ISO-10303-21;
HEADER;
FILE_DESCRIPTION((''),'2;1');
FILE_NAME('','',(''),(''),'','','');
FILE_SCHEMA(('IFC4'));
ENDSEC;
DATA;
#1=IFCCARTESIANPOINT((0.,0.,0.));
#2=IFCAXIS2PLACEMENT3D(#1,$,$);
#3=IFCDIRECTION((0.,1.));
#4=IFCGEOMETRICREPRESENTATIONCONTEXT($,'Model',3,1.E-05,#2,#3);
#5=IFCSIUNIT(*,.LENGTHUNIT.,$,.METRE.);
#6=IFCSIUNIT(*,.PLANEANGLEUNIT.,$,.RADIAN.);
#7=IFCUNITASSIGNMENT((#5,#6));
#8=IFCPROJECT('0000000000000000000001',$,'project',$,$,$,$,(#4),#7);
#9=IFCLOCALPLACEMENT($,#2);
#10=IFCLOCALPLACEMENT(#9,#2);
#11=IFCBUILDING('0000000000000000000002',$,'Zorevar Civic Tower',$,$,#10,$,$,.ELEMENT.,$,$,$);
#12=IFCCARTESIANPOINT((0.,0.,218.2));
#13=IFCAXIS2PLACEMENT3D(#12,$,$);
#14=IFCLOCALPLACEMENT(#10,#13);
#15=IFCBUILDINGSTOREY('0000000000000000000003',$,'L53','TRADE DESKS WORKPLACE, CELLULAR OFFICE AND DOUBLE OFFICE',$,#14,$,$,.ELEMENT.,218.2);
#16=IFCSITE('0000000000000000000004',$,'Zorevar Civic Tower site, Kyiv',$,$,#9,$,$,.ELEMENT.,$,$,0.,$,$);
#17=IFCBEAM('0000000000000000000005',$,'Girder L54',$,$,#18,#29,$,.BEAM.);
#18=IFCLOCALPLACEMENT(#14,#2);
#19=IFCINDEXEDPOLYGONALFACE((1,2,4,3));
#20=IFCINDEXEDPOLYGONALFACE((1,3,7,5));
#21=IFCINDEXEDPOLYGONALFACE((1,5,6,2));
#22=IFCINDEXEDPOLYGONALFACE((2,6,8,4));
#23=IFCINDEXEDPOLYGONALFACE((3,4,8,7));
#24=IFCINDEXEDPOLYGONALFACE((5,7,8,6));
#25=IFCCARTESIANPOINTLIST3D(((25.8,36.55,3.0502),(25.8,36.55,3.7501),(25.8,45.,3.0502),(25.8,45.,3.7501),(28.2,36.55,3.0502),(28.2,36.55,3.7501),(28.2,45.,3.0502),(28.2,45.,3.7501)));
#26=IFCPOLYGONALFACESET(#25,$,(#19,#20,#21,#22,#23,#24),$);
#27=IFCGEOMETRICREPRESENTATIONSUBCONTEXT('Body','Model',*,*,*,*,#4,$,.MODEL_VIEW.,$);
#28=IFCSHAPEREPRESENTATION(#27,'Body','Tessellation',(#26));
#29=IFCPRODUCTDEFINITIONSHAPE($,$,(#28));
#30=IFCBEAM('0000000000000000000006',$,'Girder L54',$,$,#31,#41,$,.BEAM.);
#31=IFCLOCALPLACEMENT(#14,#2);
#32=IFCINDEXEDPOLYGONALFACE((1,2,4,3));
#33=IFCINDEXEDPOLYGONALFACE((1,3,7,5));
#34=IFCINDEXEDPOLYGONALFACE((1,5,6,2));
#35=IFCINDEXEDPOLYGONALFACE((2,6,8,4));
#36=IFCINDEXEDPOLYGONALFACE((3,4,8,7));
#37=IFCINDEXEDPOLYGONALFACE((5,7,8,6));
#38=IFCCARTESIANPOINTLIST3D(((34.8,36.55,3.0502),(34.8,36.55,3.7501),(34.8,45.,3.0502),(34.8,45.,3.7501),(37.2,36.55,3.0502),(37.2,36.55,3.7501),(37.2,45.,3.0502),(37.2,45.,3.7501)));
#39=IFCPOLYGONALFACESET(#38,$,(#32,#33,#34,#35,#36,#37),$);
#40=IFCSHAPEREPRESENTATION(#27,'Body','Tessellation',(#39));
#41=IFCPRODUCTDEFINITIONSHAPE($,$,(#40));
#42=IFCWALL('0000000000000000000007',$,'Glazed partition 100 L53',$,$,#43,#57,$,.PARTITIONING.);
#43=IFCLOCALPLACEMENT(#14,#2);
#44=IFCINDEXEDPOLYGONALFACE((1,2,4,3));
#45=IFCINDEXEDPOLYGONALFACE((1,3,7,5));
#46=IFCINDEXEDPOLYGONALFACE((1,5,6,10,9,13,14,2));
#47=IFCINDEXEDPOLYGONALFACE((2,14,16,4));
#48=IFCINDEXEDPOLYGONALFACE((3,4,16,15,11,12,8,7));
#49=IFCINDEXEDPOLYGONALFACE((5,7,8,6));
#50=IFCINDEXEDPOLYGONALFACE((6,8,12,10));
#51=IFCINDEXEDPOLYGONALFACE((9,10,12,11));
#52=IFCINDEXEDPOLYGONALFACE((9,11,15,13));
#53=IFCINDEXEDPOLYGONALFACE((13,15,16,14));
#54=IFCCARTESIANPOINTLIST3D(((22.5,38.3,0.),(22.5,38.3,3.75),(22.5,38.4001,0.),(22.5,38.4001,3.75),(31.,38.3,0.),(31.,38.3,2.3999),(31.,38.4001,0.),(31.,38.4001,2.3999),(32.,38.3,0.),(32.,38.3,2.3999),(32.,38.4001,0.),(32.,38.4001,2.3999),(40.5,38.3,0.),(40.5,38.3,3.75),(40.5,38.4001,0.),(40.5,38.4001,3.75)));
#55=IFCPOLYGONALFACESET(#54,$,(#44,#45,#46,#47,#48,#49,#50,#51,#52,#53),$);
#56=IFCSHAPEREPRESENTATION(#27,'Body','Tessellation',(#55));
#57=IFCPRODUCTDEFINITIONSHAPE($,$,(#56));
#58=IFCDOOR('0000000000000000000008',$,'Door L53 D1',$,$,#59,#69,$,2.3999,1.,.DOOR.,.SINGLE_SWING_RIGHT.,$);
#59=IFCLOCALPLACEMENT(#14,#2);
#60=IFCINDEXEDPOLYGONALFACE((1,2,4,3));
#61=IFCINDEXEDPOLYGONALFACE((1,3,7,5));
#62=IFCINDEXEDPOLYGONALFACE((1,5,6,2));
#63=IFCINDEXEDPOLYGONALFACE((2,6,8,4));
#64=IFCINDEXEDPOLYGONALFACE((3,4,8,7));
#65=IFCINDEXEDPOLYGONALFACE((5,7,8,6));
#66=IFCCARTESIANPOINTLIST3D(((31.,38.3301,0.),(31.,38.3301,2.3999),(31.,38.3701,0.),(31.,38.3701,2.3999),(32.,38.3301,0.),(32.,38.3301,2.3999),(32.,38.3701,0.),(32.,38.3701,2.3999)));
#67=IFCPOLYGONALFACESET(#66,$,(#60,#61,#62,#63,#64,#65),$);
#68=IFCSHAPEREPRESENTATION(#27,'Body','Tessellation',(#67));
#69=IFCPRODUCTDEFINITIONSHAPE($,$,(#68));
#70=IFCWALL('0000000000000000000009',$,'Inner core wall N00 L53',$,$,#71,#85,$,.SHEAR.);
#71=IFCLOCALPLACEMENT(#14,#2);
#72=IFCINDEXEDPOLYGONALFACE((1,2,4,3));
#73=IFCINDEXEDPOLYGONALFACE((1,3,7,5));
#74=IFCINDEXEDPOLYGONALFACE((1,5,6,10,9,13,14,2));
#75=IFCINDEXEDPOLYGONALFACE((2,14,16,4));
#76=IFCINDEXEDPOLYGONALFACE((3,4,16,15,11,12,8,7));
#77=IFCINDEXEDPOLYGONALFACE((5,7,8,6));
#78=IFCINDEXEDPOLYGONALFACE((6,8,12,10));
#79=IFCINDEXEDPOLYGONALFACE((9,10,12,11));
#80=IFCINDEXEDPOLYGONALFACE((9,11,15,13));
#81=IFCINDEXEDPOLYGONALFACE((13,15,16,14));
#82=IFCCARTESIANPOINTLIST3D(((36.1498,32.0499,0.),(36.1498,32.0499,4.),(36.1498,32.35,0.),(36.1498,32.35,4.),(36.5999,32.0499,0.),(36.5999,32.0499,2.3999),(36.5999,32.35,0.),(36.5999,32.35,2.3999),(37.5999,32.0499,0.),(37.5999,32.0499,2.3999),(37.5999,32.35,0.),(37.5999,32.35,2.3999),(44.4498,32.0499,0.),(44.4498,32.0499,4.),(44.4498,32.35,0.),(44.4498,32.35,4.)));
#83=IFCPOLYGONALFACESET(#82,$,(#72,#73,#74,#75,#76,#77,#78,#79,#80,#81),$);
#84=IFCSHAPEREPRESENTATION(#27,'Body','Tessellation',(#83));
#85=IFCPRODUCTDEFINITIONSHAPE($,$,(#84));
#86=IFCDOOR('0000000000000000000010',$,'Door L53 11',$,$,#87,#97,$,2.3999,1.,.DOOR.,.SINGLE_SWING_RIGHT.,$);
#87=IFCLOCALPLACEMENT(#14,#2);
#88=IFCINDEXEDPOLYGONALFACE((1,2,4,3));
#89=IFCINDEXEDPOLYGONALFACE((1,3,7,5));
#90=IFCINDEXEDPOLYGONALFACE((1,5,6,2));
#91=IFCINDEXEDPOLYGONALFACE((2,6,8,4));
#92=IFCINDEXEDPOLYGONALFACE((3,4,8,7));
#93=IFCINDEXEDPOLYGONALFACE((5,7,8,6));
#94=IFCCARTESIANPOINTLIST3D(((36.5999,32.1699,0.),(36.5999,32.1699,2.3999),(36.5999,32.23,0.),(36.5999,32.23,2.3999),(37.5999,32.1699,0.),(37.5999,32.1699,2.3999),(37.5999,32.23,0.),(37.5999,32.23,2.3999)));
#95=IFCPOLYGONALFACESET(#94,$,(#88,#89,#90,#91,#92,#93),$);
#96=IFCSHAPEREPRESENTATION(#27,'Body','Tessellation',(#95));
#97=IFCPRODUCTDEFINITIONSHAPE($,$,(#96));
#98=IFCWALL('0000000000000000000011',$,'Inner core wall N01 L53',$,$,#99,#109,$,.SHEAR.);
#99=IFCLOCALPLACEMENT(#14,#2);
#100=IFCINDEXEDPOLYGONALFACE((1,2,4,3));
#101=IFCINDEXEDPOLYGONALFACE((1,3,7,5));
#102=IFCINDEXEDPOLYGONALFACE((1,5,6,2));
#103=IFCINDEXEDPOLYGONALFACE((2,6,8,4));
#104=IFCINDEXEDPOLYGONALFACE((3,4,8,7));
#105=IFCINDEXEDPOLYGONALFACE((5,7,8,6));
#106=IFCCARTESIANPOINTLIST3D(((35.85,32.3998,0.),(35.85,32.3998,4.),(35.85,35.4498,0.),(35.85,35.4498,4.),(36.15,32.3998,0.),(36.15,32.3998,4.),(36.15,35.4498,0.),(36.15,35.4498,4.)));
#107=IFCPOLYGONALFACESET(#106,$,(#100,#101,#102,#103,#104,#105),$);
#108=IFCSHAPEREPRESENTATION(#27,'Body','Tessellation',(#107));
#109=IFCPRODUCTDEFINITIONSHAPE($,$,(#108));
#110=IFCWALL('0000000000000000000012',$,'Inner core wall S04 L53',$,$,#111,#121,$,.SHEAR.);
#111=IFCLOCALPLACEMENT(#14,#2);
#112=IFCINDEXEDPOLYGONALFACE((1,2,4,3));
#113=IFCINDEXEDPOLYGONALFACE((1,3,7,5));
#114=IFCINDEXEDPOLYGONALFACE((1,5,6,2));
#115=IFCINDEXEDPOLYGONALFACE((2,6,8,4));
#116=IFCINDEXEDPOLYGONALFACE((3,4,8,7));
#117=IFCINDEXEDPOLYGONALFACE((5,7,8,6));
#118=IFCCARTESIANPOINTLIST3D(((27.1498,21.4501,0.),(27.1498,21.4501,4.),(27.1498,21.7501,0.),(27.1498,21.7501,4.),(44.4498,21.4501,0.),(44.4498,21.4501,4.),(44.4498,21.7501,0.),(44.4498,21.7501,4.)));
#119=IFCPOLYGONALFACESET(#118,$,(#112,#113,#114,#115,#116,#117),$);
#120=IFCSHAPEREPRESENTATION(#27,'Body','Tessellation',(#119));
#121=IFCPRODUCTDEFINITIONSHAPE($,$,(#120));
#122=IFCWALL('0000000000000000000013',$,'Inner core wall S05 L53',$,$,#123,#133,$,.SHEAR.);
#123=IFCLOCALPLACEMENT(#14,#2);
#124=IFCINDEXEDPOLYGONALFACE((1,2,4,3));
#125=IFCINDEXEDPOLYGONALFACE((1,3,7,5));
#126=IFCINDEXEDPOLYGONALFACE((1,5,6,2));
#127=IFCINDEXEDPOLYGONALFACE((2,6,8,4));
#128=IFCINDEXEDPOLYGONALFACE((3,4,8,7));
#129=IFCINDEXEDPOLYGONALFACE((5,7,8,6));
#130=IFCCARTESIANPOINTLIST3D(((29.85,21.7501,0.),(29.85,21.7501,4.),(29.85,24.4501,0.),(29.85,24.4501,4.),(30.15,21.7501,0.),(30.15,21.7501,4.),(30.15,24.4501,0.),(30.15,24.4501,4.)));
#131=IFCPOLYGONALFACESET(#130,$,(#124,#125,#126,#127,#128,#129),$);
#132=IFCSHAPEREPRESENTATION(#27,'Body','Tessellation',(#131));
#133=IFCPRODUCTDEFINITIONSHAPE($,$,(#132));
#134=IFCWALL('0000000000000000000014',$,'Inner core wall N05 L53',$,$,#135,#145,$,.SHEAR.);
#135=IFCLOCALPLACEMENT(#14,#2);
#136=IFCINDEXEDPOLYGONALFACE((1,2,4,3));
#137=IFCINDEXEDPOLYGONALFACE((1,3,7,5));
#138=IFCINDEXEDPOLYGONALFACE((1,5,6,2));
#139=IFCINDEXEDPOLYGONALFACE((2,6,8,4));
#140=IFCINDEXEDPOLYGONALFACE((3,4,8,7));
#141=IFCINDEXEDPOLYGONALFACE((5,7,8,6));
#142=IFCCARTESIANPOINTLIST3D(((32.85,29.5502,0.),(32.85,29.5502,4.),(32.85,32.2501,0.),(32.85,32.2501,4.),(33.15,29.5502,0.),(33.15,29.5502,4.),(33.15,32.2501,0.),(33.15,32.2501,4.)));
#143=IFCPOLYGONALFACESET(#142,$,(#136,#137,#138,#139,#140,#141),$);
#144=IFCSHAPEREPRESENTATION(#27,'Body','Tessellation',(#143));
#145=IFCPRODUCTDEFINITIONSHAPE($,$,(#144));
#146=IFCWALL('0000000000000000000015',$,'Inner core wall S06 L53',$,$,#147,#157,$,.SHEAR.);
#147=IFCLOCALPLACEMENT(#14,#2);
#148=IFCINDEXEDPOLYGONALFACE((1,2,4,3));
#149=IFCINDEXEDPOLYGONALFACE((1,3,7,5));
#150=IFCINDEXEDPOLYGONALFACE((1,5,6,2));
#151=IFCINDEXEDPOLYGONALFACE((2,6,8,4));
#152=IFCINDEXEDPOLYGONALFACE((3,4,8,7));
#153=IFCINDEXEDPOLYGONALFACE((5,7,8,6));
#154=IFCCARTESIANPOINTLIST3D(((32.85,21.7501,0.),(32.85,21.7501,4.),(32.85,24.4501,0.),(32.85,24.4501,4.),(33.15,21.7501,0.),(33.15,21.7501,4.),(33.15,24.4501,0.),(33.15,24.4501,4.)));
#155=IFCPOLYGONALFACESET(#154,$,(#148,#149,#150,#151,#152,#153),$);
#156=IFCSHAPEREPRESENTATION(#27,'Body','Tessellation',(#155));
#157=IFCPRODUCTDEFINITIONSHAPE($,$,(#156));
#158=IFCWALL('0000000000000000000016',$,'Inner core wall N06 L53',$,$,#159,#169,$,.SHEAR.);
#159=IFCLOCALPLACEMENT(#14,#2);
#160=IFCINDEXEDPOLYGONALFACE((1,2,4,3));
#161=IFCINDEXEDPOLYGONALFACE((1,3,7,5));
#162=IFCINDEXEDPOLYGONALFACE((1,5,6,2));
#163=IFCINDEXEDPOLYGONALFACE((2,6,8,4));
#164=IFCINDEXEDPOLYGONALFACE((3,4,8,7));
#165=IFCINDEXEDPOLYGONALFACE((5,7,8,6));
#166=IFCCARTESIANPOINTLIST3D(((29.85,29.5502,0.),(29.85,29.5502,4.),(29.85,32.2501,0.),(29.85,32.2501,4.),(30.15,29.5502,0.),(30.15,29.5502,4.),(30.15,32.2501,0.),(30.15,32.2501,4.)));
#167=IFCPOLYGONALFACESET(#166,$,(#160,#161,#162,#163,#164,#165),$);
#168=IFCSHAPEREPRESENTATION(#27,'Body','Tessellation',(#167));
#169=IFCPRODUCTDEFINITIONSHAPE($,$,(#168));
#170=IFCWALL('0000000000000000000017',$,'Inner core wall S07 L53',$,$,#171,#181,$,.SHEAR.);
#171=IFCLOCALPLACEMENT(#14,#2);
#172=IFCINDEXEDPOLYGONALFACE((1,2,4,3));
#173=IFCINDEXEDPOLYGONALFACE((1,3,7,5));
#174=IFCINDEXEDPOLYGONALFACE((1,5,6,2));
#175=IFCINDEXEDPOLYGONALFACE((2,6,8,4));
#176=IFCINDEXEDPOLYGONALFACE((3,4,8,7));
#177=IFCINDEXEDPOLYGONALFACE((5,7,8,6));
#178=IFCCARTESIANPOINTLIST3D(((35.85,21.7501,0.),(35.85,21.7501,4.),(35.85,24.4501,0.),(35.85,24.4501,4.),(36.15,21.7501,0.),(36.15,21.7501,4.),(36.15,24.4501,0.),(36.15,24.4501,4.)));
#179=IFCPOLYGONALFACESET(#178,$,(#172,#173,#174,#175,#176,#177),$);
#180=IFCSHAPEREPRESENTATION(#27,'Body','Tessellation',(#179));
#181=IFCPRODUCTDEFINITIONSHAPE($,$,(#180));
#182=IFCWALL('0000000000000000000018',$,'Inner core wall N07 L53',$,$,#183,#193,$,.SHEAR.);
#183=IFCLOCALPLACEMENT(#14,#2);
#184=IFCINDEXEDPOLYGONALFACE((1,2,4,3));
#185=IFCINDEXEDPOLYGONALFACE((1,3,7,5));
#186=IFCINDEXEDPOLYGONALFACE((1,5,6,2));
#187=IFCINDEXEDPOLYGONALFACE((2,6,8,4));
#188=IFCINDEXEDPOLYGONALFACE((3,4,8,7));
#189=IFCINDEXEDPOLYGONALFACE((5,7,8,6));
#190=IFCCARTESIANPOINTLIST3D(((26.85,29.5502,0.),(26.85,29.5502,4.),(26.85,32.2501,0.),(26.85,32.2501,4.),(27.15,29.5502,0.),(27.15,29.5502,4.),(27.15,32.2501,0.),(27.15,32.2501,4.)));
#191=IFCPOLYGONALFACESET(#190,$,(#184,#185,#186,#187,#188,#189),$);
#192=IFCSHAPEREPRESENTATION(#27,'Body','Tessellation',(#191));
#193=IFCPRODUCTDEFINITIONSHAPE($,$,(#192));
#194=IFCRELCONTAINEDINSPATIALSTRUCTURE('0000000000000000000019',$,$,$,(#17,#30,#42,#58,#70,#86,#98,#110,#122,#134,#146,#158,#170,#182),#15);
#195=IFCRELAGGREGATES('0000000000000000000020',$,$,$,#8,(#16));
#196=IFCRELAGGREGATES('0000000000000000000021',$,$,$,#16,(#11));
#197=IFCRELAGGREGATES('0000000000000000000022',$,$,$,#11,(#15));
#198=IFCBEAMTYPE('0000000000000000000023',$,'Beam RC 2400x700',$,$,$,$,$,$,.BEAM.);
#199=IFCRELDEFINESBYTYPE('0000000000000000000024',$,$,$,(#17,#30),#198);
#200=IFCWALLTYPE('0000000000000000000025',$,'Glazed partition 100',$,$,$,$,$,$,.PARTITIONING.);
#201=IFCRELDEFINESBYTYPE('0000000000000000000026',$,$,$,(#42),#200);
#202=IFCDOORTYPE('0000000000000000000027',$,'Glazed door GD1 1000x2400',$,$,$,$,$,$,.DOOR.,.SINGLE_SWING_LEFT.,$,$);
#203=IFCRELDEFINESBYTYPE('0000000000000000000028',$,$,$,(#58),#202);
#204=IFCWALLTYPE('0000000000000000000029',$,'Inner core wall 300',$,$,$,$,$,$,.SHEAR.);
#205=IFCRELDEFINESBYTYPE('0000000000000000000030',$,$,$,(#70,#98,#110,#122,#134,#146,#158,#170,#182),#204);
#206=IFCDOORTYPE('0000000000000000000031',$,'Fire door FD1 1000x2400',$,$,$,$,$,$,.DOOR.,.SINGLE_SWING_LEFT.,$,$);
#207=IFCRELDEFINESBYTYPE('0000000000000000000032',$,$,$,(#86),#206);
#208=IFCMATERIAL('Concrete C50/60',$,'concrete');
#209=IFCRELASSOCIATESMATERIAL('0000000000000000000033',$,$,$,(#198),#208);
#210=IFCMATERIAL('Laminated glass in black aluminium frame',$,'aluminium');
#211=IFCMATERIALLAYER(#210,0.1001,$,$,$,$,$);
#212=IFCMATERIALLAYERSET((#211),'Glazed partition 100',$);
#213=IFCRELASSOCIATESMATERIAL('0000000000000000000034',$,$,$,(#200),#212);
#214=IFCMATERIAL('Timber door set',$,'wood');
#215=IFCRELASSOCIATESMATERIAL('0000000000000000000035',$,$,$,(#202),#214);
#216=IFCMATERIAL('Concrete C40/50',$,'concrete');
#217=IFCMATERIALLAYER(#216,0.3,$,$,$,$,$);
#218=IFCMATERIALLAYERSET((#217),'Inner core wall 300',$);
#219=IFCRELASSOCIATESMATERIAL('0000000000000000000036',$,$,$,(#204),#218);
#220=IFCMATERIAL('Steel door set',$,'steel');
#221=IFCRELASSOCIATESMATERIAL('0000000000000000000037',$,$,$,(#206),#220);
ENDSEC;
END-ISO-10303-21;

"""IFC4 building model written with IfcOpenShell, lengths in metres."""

from ifc_helpers import new_model, si_unit, direction, frame, frame_2d, origin, origin_2d, place, context, subcontext, project, spatial, rectangle, extrude, material, layer, layer_set, material_profile, profile_set, type_object, element, fill, save


model = new_model("IFC4")

# Units and contexts
model_context = context("Model", 3, precision=1e-05, world=origin(), true_north=direction((0.0, 1.0)))
body_context = subcontext(model_context, "Body", "Model", "MODEL_VIEW")
ifc_project = project(units=[si_unit("LENGTHUNIT", "METRE"), si_unit("PLANEANGLEUNIT", "RADIAN")], contexts=[model_context])

# Site, building, storey
site_placement = place(None, origin())
site = spatial("IfcSite", under=ifc_project, at=site_placement, Name="Zorevar Civic Tower site, Kyiv", CompositionType="ELEMENT", RefElevation=0.0)
building_placement = place(site_placement, origin())
building = spatial("IfcBuilding", under=site, at=building_placement, Name="Zorevar Civic Tower", CompositionType="ELEMENT")
storey_placement = place(building_placement, frame((0.0, 0.0, 218.2)))
storey = spatial("IfcBuildingStorey", under=building, at=storey_placement, Name="L53", Description="TRADE DESKS WORKPLACE, CELLULAR OFFICE AND DOUBLE OFFICE", CompositionType="ELEMENT", Elevation=218.2)

# Beams
ifc_material_1 = material(Name="Concrete C50/60", Category="concrete")
ifc_material_profile = material_profile(ifc_material_1, rectangle(XDim=2.3999, YDim=0.7, at=origin_2d()), Name="RC 2400x700")
ifc_profile_set = profile_set([ifc_material_profile], Name="Concrete C50/60")
beam_type = type_object("IfcBeamType", Name="Beam RC 2400x700", PredefinedType="BEAM", material=ifc_profile_set)
for number, where, z_axis, x_axis, name in (
    (1, (27.0, 36.55, 3.4001), (0.0, 1.0, 0.0), (-1.0, 0.0, 0.0), "Girder L54"),
    (2, (36.0, 36.55, 3.4001), (0.0, 1.0, 0.0), (-1.0, 0.0, 0.0), "Girder L54"),
):
    element("IfcBeam", number, at=place(storey_placement, frame(where, z_axis=z_axis, x_axis=x_axis)), inside=storey, type_object=beam_type, Name=name, PredefinedType="BEAM", context=body_context, shape_type="SweptSolid", body=[
        extrude(rectangle(XDim=2.3999, YDim=0.7, at=origin_2d()), origin(), (0.0, 0.0, 1.0), 8.45),
    ])

# Walls, openings, doors
ifc_material_2 = material(Name="Laminated glass in black aluminium frame", Category="aluminium")
ifc_layer_1 = layer(ifc_material_2, 0.1001)
ifc_layer_set_1 = layer_set([ifc_layer_1], Name="Glazed partition 100")
wall_type_1 = type_object("IfcWallType", Name="Glazed partition 100", PredefinedType="PARTITIONING", material=ifc_layer_set_1)
wall_1_placement = place(storey_placement, frame((22.5, 38.3501, 0.0), z_axis=(0.0, 0.0, 1.0), x_axis=(1.0, 0.0, 0.0)))
wall_1 = element("IfcWall", 3, at=wall_1_placement, inside=storey, type_object=wall_type_1, Name="Glazed partition 100 L53", PredefinedType="PARTITIONING", context=body_context, shape_type="SweptSolid", body=[
    extrude(rectangle(XDim=18.0, YDim=0.1001, at=frame_2d((9.0, 0.0))), origin(), (0.0, 0.0, 1.0), 3.75),
])
opening_1_placement = place(wall_1_placement, frame((8.5, 0.0, 0.0)))
opening_1 = element("IfcOpeningElement", 4, at=opening_1_placement, cuts=wall_1, PredefinedType="OPENING", context=body_context, shape_type="SweptSolid", body=[
    extrude(rectangle(XDim=1.0, YDim=2.3999, at=frame_2d((0.5, 1.2))), frame((0.0, 0.0601, 0.0), z_axis=(0.0, -1.0, 0.0), x_axis=(1.0, 0.0, 0.0)), (0.0, 0.0, 1.0), 0.1201),
])
ifc_material_3 = material(Name="Timber door set", Category="wood")
door_type_1 = type_object("IfcDoorType", Name="Glazed door GD1 1000x2400", OperationType="SINGLE_SWING_LEFT", PredefinedType="DOOR", material=ifc_material_3)
door_1_placement = place(opening_1_placement, origin())
door_1 = element("IfcDoor", 5, at=door_1_placement, inside=storey, type_object=door_type_1, Name="Door L53 D1", OperationType="SINGLE_SWING_RIGHT", OverallHeight=2.3999, OverallWidth=1.0, PredefinedType="DOOR", context=body_context, shape_type="SweptSolid", body=[
    extrude(rectangle(XDim=1.0, YDim=2.3999, at=frame_2d((0.5, 1.2))), frame((0.0, 0.02, 0.0), z_axis=(0.0, -1.0, 0.0), x_axis=(1.0, 0.0, 0.0)), (0.0, 0.0, 1.0), 0.04),
])
fill(opening_1, door_1)
ifc_material_4 = material(Name="Concrete C40/50", Category="concrete")
ifc_layer_2 = layer(ifc_material_4, 0.3)
ifc_layer_set_2 = layer_set([ifc_layer_2], Name="Inner core wall 300")
wall_type_2 = type_object("IfcWallType", Name="Inner core wall 300", PredefinedType="SHEAR", material=ifc_layer_set_2)
wall_2_placement = place(storey_placement, frame((36.1499, 32.2, 0.0), z_axis=(0.0, 0.0, 1.0), x_axis=(1.0, 0.0, 0.0)))
wall_2 = element("IfcWall", 6, at=wall_2_placement, inside=storey, type_object=wall_type_2, Name="Inner core wall N00 L53", PredefinedType="SHEAR", context=body_context, shape_type="SweptSolid", body=[
    extrude(rectangle(XDim=8.3, YDim=0.3, at=frame_2d((4.1499, 0.0))), origin(), (0.0, 0.0, 1.0), 4.0),
])
opening_2_placement = place(wall_2_placement, frame((0.45, 0.0, 0.0)))
opening_2 = element("IfcOpeningElement", 7, at=opening_2_placement, cuts=wall_2, PredefinedType="OPENING", context=body_context, shape_type="SweptSolid", body=[
    extrude(rectangle(XDim=1.0, YDim=2.3999, at=frame_2d((0.5, 1.2))), frame((0.0, 0.1599, 0.0), z_axis=(0.0, -1.0, 0.0), x_axis=(1.0, 0.0, 0.0)), (0.0, 0.0, 1.0), 0.3201),
])
ifc_material_5 = material(Name="Steel door set", Category="steel")
door_type_2 = type_object("IfcDoorType", Name="Fire door FD1 1000x2400", OperationType="SINGLE_SWING_LEFT", PredefinedType="DOOR", material=ifc_material_5)
door_2_placement = place(opening_2_placement, origin())
door_2 = element("IfcDoor", 8, at=door_2_placement, inside=storey, type_object=door_type_2, Name="Door L53 11", OperationType="SINGLE_SWING_RIGHT", OverallHeight=2.3999, OverallWidth=1.0, PredefinedType="DOOR", context=body_context, shape_type="SweptSolid", body=[
    extrude(rectangle(XDim=1.0, YDim=2.3999, at=frame_2d((0.5, 1.2))), frame((0.0, 0.03, 0.0), z_axis=(0.0, -1.0, 0.0), x_axis=(1.0, 0.0, 0.0)), (0.0, 0.0, 1.0), 0.0601),
])
fill(opening_2, door_2)

# Wall
wall_3_placement = place(storey_placement, frame((36.0, 32.3999, 0.0), z_axis=(0.0, 0.0, 1.0), x_axis=(0.0, 1.0, 0.0)))
element("IfcWall", 9, at=wall_3_placement, inside=storey, type_object=wall_type_2, Name="Inner core wall N01 L53", PredefinedType="SHEAR", context=body_context, shape_type="SweptSolid", body=[
    extrude(rectangle(XDim=3.05, YDim=0.3, at=frame_2d((1.5249, 0.0))), origin(), (0.0, 0.0, 1.0), 4.0),
])

# Walls
wall_4_placement = place(storey_placement, frame((27.1499, 21.6001, 0.0), z_axis=(0.0, 0.0, 1.0), x_axis=(1.0, 0.0, 0.0)))
element("IfcWall", 10, at=wall_4_placement, inside=storey, type_object=wall_type_2, Name="Inner core wall S04 L53", PredefinedType="SHEAR", context=body_context, shape_type="SweptSolid", body=[
    extrude(rectangle(XDim=17.3, YDim=0.3, at=frame_2d((8.6499, 0.0))), origin(), (0.0, 0.0, 1.0), 4.0),
])
for number, where, z_axis, x_axis, name in (
    (11, (30.0, 21.75, 0.0), (0.0, 0.0, 1.0), (0.0, 1.0, 0.0), "Inner core wall S05 L53"),
    (12, (33.0, 29.55, 0.0), (0.0, 0.0, 1.0), (0.0, 1.0, 0.0), "Inner core wall N05 L53"),
    (13, (33.0, 21.75, 0.0), (0.0, 0.0, 1.0), (0.0, 1.0, 0.0), "Inner core wall S06 L53"),
    (14, (30.0, 29.55, 0.0), (0.0, 0.0, 1.0), (0.0, 1.0, 0.0), "Inner core wall N06 L53"),
    (15, (36.0, 21.75, 0.0), (0.0, 0.0, 1.0), (0.0, 1.0, 0.0), "Inner core wall S07 L53"),
    (16, (27.0, 29.55, 0.0), (0.0, 0.0, 1.0), (0.0, 1.0, 0.0), "Inner core wall N07 L53"),
):
    element("IfcWall", number, at=place(storey_placement, frame(where, z_axis=z_axis, x_axis=x_axis)), inside=storey, type_object=wall_type_2, Name=name, PredefinedType="SHEAR", context=body_context, shape_type="SweptSolid", body=[
        extrude(rectangle(XDim=2.7, YDim=0.3, at=frame_2d((1.3501, 0.0))), origin(), (0.0, 0.0, 1.0), 4.0),
    ])

save(model, "model.ifc")
